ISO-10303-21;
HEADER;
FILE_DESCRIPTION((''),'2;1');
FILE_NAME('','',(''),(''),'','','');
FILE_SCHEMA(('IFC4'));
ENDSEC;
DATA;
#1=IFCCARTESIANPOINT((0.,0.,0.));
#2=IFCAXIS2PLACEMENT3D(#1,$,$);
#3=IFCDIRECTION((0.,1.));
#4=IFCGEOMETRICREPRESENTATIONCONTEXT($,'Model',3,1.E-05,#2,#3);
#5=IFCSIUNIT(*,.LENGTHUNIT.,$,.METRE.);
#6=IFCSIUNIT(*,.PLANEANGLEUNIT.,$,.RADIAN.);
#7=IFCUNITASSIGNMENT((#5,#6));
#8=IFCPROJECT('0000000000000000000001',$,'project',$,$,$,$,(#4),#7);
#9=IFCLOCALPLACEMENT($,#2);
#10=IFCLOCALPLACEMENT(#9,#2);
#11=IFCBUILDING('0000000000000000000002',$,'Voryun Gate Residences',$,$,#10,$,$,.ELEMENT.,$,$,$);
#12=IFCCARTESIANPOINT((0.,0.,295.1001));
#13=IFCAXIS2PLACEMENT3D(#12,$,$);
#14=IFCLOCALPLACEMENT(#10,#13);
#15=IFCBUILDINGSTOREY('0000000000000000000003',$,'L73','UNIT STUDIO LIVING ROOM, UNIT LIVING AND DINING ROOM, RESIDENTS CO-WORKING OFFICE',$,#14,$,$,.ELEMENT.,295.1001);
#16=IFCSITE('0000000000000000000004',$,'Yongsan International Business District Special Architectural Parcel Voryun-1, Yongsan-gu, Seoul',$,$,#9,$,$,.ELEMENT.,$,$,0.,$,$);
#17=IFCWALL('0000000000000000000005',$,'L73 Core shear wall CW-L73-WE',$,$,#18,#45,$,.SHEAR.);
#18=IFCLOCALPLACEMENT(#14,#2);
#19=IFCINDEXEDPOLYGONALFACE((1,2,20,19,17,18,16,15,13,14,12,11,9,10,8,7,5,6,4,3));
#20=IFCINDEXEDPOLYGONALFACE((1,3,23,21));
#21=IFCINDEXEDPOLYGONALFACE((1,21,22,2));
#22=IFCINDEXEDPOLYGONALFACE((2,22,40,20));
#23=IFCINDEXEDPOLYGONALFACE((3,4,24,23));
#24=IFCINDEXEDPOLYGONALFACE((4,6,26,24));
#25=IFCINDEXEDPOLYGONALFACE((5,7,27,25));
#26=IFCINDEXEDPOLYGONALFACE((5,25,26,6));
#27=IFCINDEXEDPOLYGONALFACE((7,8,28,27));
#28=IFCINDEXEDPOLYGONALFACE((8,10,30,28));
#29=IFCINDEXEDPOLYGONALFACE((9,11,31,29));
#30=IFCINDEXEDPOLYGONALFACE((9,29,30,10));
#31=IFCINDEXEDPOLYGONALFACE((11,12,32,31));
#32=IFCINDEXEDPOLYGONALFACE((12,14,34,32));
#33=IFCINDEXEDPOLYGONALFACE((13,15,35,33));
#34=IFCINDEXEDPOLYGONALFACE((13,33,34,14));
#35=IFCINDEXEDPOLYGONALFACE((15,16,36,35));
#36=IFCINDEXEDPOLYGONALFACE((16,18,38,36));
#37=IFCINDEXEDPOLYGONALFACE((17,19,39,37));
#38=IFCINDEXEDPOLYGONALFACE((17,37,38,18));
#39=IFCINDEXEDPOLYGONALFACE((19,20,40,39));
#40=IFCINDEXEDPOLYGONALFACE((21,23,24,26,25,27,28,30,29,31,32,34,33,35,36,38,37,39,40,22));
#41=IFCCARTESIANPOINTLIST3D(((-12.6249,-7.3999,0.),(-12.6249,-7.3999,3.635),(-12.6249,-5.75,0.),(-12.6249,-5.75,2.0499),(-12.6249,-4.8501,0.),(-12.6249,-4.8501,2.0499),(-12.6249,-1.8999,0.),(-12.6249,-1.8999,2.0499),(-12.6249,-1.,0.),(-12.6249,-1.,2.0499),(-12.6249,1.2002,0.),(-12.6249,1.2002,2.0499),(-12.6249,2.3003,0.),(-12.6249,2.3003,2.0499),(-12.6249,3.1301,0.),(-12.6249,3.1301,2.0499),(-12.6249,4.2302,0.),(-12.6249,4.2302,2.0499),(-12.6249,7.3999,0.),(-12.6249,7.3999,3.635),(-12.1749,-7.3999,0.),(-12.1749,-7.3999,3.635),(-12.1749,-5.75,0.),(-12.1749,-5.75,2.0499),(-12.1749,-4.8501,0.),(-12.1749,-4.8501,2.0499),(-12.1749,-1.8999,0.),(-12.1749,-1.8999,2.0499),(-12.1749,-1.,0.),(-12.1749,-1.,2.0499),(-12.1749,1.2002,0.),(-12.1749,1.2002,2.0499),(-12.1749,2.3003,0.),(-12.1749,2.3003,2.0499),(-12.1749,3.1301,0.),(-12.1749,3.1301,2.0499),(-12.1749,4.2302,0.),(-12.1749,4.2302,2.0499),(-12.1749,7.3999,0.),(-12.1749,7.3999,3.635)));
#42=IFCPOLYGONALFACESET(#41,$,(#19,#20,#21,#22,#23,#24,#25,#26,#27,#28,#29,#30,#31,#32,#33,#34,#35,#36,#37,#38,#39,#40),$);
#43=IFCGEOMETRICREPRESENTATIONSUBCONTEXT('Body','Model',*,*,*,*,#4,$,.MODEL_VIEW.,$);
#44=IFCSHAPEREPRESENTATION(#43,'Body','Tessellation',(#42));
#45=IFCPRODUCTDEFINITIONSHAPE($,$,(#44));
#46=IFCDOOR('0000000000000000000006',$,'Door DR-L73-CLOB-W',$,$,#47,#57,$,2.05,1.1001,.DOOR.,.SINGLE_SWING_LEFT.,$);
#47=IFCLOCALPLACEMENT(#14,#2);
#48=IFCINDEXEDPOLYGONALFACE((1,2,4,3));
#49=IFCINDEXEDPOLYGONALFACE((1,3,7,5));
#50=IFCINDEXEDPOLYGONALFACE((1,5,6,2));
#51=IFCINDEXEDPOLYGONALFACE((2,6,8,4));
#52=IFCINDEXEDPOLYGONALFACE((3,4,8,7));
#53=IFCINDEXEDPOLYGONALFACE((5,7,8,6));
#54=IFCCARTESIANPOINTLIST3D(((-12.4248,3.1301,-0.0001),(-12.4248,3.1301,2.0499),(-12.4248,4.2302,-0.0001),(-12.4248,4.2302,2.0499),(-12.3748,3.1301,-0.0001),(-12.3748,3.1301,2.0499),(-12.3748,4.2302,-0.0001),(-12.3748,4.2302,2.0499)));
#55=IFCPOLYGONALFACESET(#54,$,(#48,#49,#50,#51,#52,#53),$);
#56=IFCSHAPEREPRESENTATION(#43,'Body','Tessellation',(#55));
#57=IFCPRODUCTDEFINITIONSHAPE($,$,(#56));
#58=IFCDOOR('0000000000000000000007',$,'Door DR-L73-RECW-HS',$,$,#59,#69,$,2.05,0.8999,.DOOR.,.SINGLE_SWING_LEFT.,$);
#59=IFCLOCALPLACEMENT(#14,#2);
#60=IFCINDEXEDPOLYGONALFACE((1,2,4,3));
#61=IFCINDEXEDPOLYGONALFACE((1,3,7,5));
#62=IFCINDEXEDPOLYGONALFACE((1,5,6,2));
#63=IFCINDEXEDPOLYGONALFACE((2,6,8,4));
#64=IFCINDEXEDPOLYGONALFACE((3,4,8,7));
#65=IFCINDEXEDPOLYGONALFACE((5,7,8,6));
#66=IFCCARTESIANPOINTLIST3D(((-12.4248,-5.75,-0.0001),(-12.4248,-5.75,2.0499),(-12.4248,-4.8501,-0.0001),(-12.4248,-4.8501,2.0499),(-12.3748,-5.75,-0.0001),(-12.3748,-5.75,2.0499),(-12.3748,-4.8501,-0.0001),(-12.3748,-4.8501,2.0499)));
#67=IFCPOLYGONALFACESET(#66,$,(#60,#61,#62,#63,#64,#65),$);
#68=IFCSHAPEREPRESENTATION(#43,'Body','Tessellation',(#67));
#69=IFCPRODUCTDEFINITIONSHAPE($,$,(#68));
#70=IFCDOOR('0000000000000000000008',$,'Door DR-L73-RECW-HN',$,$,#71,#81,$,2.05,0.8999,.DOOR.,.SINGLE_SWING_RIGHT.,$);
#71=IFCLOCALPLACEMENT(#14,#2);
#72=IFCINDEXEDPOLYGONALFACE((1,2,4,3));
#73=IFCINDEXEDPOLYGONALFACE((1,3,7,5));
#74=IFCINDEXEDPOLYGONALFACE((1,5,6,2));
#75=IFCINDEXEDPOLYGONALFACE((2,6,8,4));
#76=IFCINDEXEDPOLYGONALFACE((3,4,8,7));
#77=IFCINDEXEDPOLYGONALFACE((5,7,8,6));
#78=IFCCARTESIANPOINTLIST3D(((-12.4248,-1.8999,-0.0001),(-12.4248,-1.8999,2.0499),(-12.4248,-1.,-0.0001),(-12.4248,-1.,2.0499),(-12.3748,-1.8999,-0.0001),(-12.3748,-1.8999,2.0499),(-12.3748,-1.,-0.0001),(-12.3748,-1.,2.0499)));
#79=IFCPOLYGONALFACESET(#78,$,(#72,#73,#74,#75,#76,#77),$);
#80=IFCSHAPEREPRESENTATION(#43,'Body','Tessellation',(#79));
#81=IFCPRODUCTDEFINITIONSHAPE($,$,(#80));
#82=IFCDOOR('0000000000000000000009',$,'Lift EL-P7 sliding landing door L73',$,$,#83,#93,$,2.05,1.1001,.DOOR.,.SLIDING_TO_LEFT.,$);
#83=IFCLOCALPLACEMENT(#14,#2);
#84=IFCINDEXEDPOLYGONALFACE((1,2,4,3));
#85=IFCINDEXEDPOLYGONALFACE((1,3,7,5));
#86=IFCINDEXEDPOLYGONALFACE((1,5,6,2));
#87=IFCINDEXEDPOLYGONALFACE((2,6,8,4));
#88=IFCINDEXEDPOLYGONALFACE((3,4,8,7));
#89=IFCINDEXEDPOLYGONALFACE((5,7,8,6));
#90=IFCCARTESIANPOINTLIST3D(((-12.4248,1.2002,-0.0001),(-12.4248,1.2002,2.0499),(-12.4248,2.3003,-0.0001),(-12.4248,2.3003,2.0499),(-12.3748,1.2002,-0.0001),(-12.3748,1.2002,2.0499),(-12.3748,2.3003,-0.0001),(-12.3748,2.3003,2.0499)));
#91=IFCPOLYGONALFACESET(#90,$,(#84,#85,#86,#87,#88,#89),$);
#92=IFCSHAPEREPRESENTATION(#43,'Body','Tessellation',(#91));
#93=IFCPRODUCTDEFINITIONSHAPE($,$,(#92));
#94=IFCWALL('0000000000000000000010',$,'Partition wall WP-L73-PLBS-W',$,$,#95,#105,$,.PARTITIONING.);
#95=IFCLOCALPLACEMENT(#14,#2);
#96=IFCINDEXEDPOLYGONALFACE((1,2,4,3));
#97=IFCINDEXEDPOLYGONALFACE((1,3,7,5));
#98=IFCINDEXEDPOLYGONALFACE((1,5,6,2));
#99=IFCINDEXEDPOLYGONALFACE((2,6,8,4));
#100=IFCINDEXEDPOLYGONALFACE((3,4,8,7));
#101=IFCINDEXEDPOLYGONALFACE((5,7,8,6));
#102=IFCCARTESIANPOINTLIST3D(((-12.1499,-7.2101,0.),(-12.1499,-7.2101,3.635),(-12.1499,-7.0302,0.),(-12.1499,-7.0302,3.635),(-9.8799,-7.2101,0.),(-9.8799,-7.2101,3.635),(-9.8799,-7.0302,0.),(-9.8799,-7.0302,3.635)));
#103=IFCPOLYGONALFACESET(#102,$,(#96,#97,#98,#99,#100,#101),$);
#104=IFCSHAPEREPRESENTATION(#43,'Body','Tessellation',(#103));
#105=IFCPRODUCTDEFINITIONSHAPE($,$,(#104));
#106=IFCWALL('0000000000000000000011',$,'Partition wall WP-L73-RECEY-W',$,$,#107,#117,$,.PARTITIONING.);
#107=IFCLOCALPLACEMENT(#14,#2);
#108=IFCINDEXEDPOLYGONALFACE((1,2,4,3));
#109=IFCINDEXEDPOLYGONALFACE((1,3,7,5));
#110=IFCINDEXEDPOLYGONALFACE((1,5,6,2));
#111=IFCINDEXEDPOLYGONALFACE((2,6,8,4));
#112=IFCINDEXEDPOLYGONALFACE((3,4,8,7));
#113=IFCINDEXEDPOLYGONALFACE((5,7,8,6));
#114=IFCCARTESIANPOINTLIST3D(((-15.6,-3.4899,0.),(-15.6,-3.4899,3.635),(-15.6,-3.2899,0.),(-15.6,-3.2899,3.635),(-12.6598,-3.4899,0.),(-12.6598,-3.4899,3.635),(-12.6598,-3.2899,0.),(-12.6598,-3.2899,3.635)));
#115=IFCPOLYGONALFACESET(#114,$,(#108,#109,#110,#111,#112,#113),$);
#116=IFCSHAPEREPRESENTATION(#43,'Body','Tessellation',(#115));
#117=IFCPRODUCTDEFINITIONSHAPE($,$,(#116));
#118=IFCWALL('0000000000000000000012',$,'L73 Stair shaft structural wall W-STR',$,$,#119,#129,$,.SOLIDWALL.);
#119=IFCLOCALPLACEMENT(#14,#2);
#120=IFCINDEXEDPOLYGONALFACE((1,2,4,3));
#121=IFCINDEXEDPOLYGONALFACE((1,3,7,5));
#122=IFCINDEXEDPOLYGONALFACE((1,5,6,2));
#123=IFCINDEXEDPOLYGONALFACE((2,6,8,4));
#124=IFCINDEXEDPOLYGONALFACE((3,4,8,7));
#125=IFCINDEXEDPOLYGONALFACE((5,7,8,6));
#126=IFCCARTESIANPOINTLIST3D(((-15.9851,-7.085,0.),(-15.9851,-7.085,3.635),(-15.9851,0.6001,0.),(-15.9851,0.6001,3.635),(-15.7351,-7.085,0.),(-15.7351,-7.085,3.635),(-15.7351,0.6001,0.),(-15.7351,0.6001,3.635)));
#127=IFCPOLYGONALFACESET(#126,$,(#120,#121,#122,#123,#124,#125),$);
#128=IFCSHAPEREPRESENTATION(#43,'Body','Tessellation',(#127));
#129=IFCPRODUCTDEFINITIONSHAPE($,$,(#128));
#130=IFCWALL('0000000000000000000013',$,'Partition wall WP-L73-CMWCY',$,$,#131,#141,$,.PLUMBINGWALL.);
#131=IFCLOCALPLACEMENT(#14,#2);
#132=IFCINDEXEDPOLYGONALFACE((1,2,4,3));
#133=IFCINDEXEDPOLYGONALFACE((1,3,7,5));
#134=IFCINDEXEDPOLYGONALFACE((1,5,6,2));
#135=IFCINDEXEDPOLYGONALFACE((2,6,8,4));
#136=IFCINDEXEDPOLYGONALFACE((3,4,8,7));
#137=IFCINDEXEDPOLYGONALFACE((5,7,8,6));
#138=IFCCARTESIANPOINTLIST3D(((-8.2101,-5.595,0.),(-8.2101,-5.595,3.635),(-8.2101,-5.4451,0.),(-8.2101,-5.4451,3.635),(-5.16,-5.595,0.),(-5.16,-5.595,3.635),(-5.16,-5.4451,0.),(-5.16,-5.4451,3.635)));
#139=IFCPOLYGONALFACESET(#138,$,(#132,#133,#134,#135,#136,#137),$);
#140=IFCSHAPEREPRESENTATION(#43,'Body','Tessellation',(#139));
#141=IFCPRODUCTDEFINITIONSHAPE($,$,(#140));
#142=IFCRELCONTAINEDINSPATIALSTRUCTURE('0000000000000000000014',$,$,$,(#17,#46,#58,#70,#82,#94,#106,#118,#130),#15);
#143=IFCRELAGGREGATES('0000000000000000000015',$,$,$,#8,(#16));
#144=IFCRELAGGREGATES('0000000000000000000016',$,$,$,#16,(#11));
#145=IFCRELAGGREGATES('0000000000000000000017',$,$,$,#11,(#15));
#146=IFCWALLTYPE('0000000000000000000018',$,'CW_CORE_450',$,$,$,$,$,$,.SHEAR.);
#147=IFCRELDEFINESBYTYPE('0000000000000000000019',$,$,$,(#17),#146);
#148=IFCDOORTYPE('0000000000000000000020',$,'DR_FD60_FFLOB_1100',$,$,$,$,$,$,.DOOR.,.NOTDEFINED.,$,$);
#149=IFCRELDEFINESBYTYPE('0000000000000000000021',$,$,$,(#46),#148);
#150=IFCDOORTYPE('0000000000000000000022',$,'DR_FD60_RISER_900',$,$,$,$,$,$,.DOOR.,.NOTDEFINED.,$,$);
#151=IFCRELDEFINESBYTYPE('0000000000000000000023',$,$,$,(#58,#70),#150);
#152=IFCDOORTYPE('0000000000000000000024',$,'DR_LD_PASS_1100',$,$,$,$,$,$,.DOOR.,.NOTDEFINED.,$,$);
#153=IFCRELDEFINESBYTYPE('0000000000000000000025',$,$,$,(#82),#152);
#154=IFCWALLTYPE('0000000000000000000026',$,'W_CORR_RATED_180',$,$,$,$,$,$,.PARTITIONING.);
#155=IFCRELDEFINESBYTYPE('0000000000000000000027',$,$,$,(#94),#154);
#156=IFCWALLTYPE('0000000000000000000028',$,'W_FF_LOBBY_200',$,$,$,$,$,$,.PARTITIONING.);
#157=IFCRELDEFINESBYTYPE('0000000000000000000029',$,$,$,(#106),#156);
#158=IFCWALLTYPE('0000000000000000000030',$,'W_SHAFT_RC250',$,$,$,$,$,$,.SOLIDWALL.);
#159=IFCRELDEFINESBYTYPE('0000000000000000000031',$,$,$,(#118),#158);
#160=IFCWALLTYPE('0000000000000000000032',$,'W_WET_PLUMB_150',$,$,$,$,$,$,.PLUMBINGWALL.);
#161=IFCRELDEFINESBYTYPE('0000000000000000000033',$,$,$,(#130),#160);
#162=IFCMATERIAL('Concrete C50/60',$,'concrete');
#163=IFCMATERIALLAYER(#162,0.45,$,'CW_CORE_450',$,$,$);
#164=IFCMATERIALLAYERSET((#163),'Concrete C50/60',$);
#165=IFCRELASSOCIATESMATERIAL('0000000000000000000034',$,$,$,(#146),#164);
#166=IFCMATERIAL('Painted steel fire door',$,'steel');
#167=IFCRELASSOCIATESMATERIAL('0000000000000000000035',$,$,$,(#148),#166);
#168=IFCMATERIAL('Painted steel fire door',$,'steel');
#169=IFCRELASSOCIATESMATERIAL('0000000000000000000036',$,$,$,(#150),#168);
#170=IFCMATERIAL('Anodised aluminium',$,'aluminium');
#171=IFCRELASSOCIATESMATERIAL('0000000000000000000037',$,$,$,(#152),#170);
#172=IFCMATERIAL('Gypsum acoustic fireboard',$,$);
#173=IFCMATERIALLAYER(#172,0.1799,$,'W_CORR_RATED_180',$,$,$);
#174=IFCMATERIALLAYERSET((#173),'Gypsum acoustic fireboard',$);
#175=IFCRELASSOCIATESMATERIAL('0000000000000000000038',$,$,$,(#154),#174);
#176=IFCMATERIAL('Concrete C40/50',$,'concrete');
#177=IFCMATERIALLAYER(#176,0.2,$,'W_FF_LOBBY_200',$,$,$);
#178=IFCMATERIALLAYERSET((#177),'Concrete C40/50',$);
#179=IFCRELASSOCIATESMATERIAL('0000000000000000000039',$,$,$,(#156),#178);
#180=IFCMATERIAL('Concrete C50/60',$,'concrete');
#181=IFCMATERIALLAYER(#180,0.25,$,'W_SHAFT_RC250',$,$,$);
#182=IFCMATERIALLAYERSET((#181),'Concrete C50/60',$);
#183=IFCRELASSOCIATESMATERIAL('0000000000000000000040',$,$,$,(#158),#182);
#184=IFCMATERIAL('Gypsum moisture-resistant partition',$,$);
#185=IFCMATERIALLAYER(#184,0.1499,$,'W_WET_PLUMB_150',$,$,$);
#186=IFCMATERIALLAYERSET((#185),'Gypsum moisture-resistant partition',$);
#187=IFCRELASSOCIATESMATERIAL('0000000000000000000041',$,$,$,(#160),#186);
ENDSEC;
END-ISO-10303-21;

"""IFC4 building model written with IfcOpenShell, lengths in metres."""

from ifc_helpers import new_model, si_unit, direction, frame, frame_2d, origin, place, context, subcontext, project, spatial, rectangle, extrude, material, layer, layer_set, type_object, element, fill, save


model = new_model("IFC4")

# Units and contexts
model_context = context("Model", 3, precision=1e-05, world=origin(), true_north=direction((0.0, 1.0)))
body_context = subcontext(model_context, "Body", "Model", "MODEL_VIEW")
ifc_project = project(units=[si_unit("LENGTHUNIT", "METRE"), si_unit("PLANEANGLEUNIT", "RADIAN")], contexts=[model_context])

# Site, building, storey
site_placement = place(None, origin())
site = spatial("IfcSite", under=ifc_project, at=site_placement, Name="Yongsan International Business District Special Architectural Parcel Voryun-1, Yongsan-gu, Seoul", CompositionType="ELEMENT", RefElevation=0.0)
building_placement = place(site_placement, origin())
building = spatial("IfcBuilding", under=site, at=building_placement, Name="Voryun Gate Residences", CompositionType="ELEMENT")
storey_placement = place(building_placement, frame((0.0, 0.0, 295.1001)))
storey = spatial("IfcBuildingStorey", under=building, at=storey_placement, Name="L73", Description="UNIT STUDIO LIVING ROOM, UNIT LIVING AND DINING ROOM, RESIDENTS CO-WORKING OFFICE", CompositionType="ELEMENT", Elevation=295.1001)

# Wall, openings, doors
ifc_material_1 = material(Name="Concrete C50/60", Category="concrete")
ifc_layer_1 = layer(ifc_material_1, 0.45, Name="CW_CORE_450")
ifc_layer_set_1 = layer_set([ifc_layer_1], Name="Concrete C50/60")
wall_type_1 = type_object("IfcWallType", Name="CW_CORE_450", PredefinedType="SHEAR", material=ifc_layer_set_1)
wall_1_placement = place(storey_placement, frame((-12.3999, -7.3999, 0.0), z_axis=(0.0, 0.0, 1.0), x_axis=(0.0, 1.0, 0.0)))
wall_1 = element("IfcWall", 1, at=wall_1_placement, inside=storey, type_object=wall_type_1, Name="L73 Core shear wall CW-L73-WE", PredefinedType="SHEAR", context=body_context, shape_type="SweptSolid", body=[
    extrude(rectangle(XDim=14.7998, YDim=0.45, at=frame_2d((7.3999, 0.0))), origin(), (0.0, 0.0, 1.0), 3.635),
])
opening_1_placement = place(wall_1_placement, frame((8.6001, 0.0, 0.0)))
opening_1 = element("IfcOpeningElement", 2, at=opening_1_placement, cuts=wall_1, PredefinedType="OPENING", context=body_context, shape_type="SweptSolid", body=[
    extrude(rectangle(XDim=1.1001, YDim=2.05, at=frame_2d((0.55, 1.0249))), frame((0.0, 0.2351, 0.0), z_axis=(0.0, -1.0, 0.0), x_axis=(1.0, 0.0, 0.0)), (0.0, 0.0, 1.0), 0.47),
])
opening_2_placement = place(wall_1_placement, frame((10.53, 0.0, 0.0)))
opening_2 = element("IfcOpeningElement", 3, at=opening_2_placement, cuts=wall_1, PredefinedType="OPENING", context=body_context, shape_type="SweptSolid", body=[
    extrude(rectangle(XDim=1.1001, YDim=2.05, at=frame_2d((0.55, 1.0249))), frame((0.0, 0.2351, 0.0), z_axis=(0.0, -1.0, 0.0), x_axis=(1.0, 0.0, 0.0)), (0.0, 0.0, 1.0), 0.47),
])
opening_3_placement = place(wall_1_placement, frame((1.6499, 0.0, 0.0)))
opening_3 = element("IfcOpeningElement", 4, at=opening_3_placement, cuts=wall_1, PredefinedType="OPENING", context=body_context, shape_type="SweptSolid", body=[
    extrude(rectangle(XDim=0.8999, YDim=2.05, at=frame_2d((0.45, 1.0249))), frame((0.0, 0.2351, 0.0), z_axis=(0.0, -1.0, 0.0), x_axis=(1.0, 0.0, 0.0)), (0.0, 0.0, 1.0), 0.47),
])
opening_4_placement = place(wall_1_placement, frame((5.5, 0.0, 0.0)))
opening_4 = element("IfcOpeningElement", 5, at=opening_4_placement, cuts=wall_1, PredefinedType="OPENING", context=body_context, shape_type="SweptSolid", body=[
    extrude(rectangle(XDim=0.8999, YDim=2.05, at=frame_2d((0.45, 1.0249))), frame((0.0, 0.2351, 0.0), z_axis=(0.0, -1.0, 0.0), x_axis=(1.0, 0.0, 0.0)), (0.0, 0.0, 1.0), 0.47),
])
ifc_material_2 = material(Name="Painted steel fire door", Category="steel")
door_type_1 = type_object("IfcDoorType", Name="DR_FD60_FFLOB_1100", OperationType="NOTDEFINED", PredefinedType="DOOR", material=ifc_material_2)
door_1_placement = place(opening_2_placement, origin())
door_1 = element("IfcDoor", 6, at=door_1_placement, inside=storey, type_object=door_type_1, Name="Door DR-L73-CLOB-W", OperationType="SINGLE_SWING_LEFT", OverallHeight=2.05, OverallWidth=1.1001, PredefinedType="DOOR", context=body_context, shape_type="SweptSolid", body=[
    extrude(rectangle(XDim=1.1001, YDim=2.05, at=frame_2d((0.55, 1.0249))), frame((0.0, 0.0249, 0.0), z_axis=(0.0, -1.0, 0.0), x_axis=(1.0, 0.0, 0.0)), (0.0, 0.0, 1.0), 0.05),
])
fill(opening_2, door_1)
ifc_material_3 = material(Name="Painted steel fire door", Category="steel")
door_type_2 = type_object("IfcDoorType", Name="DR_FD60_RISER_900", OperationType="NOTDEFINED", PredefinedType="DOOR", material=ifc_material_3)
door_2_placement = place(opening_3_placement, origin())
door_2 = element("IfcDoor", 7, at=door_2_placement, inside=storey, type_object=door_type_2, Name="Door DR-L73-RECW-HS", OperationType="SINGLE_SWING_LEFT", OverallHeight=2.05, OverallWidth=0.8999, PredefinedType="DOOR", context=body_context, shape_type="SweptSolid", body=[
    extrude(rectangle(XDim=0.8999, YDim=2.05, at=frame_2d((0.45, 1.0249))), frame((0.0, 0.0249, 0.0), z_axis=(0.0, -1.0, 0.0), x_axis=(1.0, 0.0, 0.0)), (0.0, 0.0, 1.0), 0.05),
])
fill(opening_3, door_2)
door_3_placement = place(opening_4_placement, origin())
door_3 = element("IfcDoor", 8, at=door_3_placement, inside=storey, type_object=door_type_2, Name="Door DR-L73-RECW-HN", OperationType="SINGLE_SWING_RIGHT", OverallHeight=2.05, OverallWidth=0.8999, PredefinedType="DOOR", context=body_context, shape_type="SweptSolid", body=[
    extrude(rectangle(XDim=0.8999, YDim=2.05, at=frame_2d((0.45, 1.0249))), frame((0.0, 0.0249, 0.0), z_axis=(0.0, -1.0, 0.0), x_axis=(1.0, 0.0, 0.0)), (0.0, 0.0, 1.0), 0.05),
])
fill(opening_4, door_3)
ifc_material_4 = material(Name="Anodised aluminium", Category="aluminium")
door_type_3 = type_object("IfcDoorType", Name="DR_LD_PASS_1100", OperationType="NOTDEFINED", PredefinedType="DOOR", material=ifc_material_4)
door_4_placement = place(opening_1_placement, origin())
door_4 = element("IfcDoor", 9, at=door_4_placement, inside=storey, type_object=door_type_3, Name="Lift EL-P7 sliding landing door L73", OperationType="SLIDING_TO_LEFT", OverallHeight=2.05, OverallWidth=1.1001, PredefinedType="DOOR", context=body_context, shape_type="SweptSolid", body=[
    extrude(rectangle(XDim=1.1001, YDim=2.05, at=frame_2d((0.55, 1.0249))), frame((0.0, 0.0249, 0.0), z_axis=(0.0, -1.0, 0.0), x_axis=(1.0, 0.0, 0.0)), (0.0, 0.0, 1.0), 0.05),
])
fill(opening_1, door_4)

# Walls
ifc_material_5 = material(Name="Gypsum acoustic fireboard")
ifc_layer_2 = layer(ifc_material_5, 0.1799, Name="W_CORR_RATED_180")
ifc_layer_set_2 = layer_set([ifc_layer_2], Name="Gypsum acoustic fireboard")
wall_type_2 = type_object("IfcWallType", Name="W_CORR_RATED_180", PredefinedType="PARTITIONING", material=ifc_layer_set_2)
wall_2_placement = place(storey_placement, frame((-12.1499, -7.1201, 0.0), z_axis=(0.0, 0.0, 1.0), x_axis=(1.0, 0.0, 0.0)))
element("IfcWall", 10, at=wall_2_placement, inside=storey, type_object=wall_type_2, Name="Partition wall WP-L73-PLBS-W", PredefinedType="PARTITIONING", context=body_context, shape_type="SweptSolid", body=[
    extrude(rectangle(XDim=2.27, YDim=0.1799, at=frame_2d((1.135, 0.0))), origin(), (0.0, 0.0, 1.0), 3.635),
])
ifc_material_6 = material(Name="Concrete C40/50", Category="concrete")
ifc_layer_3 = layer(ifc_material_6, 0.2, Name="W_FF_LOBBY_200")
ifc_layer_set_3 = layer_set([ifc_layer_3], Name="Concrete C40/50")
wall_type_3 = type_object("IfcWallType", Name="W_FF_LOBBY_200", PredefinedType="PARTITIONING", material=ifc_layer_set_3)
wall_3_placement = place(storey_placement, frame((-15.6001, -3.3899, 0.0), z_axis=(0.0, 0.0, 1.0), x_axis=(1.0, 0.0, 0.0)))
element("IfcWall", 11, at=wall_3_placement, inside=storey, type_object=wall_type_3, Name="Partition wall WP-L73-RECEY-W", PredefinedType="PARTITIONING", context=body_context, shape_type="SweptSolid", body=[
    extrude(rectangle(XDim=2.9402, YDim=0.2, at=frame_2d((1.4702, 0.0))), origin(), (0.0, 0.0, 1.0), 3.635),
])
ifc_material_7 = material(Name="Concrete C50/60", Category="concrete")
ifc_layer_4 = layer(ifc_material_7, 0.25, Name="W_SHAFT_RC250")
ifc_layer_set_4 = layer_set([ifc_layer_4], Name="Concrete C50/60")
wall_type_4 = type_object("IfcWallType", Name="W_SHAFT_RC250", PredefinedType="SOLIDWALL", material=ifc_layer_set_4)
wall_4_placement = place(storey_placement, frame((-15.8601, -7.085, 0.0), z_axis=(0.0, 0.0, 1.0), x_axis=(0.0, 1.0, 0.0)))
element("IfcWall", 12, at=wall_4_placement, inside=storey, type_object=wall_type_4, Name="L73 Stair shaft structural wall W-STR", PredefinedType="SOLIDWALL", context=body_context, shape_type="SweptSolid", body=[
    extrude(rectangle(XDim=7.6851, YDim=0.25, at=frame_2d((3.8425, 0.0))), origin(), (0.0, 0.0, 1.0), 3.635),
])
ifc_material_8 = material(Name="Gypsum moisture-resistant partition")
ifc_layer_5 = layer(ifc_material_8, 0.1499, Name="W_WET_PLUMB_150")
ifc_layer_set_5 = layer_set([ifc_layer_5], Name="Gypsum moisture-resistant partition")
wall_type_5 = type_object("IfcWallType", Name="W_WET_PLUMB_150", PredefinedType="PLUMBINGWALL", material=ifc_layer_set_5)
wall_5_placement = place(storey_placement, frame((-8.21, -5.52, 0.0), z_axis=(0.0, 0.0, 1.0), x_axis=(1.0, 0.0, 0.0)))
element("IfcWall", 13, at=wall_5_placement, inside=storey, type_object=wall_type_5, Name="Partition wall WP-L73-CMWCY", PredefinedType="PLUMBINGWALL", context=body_context, shape_type="SweptSolid", body=[
    extrude(rectangle(XDim=3.05, YDim=0.1499, at=frame_2d((1.5249, 0.0))), origin(), (0.0, 0.0, 1.0), 3.635),
])

save(model, "model.ifc")
